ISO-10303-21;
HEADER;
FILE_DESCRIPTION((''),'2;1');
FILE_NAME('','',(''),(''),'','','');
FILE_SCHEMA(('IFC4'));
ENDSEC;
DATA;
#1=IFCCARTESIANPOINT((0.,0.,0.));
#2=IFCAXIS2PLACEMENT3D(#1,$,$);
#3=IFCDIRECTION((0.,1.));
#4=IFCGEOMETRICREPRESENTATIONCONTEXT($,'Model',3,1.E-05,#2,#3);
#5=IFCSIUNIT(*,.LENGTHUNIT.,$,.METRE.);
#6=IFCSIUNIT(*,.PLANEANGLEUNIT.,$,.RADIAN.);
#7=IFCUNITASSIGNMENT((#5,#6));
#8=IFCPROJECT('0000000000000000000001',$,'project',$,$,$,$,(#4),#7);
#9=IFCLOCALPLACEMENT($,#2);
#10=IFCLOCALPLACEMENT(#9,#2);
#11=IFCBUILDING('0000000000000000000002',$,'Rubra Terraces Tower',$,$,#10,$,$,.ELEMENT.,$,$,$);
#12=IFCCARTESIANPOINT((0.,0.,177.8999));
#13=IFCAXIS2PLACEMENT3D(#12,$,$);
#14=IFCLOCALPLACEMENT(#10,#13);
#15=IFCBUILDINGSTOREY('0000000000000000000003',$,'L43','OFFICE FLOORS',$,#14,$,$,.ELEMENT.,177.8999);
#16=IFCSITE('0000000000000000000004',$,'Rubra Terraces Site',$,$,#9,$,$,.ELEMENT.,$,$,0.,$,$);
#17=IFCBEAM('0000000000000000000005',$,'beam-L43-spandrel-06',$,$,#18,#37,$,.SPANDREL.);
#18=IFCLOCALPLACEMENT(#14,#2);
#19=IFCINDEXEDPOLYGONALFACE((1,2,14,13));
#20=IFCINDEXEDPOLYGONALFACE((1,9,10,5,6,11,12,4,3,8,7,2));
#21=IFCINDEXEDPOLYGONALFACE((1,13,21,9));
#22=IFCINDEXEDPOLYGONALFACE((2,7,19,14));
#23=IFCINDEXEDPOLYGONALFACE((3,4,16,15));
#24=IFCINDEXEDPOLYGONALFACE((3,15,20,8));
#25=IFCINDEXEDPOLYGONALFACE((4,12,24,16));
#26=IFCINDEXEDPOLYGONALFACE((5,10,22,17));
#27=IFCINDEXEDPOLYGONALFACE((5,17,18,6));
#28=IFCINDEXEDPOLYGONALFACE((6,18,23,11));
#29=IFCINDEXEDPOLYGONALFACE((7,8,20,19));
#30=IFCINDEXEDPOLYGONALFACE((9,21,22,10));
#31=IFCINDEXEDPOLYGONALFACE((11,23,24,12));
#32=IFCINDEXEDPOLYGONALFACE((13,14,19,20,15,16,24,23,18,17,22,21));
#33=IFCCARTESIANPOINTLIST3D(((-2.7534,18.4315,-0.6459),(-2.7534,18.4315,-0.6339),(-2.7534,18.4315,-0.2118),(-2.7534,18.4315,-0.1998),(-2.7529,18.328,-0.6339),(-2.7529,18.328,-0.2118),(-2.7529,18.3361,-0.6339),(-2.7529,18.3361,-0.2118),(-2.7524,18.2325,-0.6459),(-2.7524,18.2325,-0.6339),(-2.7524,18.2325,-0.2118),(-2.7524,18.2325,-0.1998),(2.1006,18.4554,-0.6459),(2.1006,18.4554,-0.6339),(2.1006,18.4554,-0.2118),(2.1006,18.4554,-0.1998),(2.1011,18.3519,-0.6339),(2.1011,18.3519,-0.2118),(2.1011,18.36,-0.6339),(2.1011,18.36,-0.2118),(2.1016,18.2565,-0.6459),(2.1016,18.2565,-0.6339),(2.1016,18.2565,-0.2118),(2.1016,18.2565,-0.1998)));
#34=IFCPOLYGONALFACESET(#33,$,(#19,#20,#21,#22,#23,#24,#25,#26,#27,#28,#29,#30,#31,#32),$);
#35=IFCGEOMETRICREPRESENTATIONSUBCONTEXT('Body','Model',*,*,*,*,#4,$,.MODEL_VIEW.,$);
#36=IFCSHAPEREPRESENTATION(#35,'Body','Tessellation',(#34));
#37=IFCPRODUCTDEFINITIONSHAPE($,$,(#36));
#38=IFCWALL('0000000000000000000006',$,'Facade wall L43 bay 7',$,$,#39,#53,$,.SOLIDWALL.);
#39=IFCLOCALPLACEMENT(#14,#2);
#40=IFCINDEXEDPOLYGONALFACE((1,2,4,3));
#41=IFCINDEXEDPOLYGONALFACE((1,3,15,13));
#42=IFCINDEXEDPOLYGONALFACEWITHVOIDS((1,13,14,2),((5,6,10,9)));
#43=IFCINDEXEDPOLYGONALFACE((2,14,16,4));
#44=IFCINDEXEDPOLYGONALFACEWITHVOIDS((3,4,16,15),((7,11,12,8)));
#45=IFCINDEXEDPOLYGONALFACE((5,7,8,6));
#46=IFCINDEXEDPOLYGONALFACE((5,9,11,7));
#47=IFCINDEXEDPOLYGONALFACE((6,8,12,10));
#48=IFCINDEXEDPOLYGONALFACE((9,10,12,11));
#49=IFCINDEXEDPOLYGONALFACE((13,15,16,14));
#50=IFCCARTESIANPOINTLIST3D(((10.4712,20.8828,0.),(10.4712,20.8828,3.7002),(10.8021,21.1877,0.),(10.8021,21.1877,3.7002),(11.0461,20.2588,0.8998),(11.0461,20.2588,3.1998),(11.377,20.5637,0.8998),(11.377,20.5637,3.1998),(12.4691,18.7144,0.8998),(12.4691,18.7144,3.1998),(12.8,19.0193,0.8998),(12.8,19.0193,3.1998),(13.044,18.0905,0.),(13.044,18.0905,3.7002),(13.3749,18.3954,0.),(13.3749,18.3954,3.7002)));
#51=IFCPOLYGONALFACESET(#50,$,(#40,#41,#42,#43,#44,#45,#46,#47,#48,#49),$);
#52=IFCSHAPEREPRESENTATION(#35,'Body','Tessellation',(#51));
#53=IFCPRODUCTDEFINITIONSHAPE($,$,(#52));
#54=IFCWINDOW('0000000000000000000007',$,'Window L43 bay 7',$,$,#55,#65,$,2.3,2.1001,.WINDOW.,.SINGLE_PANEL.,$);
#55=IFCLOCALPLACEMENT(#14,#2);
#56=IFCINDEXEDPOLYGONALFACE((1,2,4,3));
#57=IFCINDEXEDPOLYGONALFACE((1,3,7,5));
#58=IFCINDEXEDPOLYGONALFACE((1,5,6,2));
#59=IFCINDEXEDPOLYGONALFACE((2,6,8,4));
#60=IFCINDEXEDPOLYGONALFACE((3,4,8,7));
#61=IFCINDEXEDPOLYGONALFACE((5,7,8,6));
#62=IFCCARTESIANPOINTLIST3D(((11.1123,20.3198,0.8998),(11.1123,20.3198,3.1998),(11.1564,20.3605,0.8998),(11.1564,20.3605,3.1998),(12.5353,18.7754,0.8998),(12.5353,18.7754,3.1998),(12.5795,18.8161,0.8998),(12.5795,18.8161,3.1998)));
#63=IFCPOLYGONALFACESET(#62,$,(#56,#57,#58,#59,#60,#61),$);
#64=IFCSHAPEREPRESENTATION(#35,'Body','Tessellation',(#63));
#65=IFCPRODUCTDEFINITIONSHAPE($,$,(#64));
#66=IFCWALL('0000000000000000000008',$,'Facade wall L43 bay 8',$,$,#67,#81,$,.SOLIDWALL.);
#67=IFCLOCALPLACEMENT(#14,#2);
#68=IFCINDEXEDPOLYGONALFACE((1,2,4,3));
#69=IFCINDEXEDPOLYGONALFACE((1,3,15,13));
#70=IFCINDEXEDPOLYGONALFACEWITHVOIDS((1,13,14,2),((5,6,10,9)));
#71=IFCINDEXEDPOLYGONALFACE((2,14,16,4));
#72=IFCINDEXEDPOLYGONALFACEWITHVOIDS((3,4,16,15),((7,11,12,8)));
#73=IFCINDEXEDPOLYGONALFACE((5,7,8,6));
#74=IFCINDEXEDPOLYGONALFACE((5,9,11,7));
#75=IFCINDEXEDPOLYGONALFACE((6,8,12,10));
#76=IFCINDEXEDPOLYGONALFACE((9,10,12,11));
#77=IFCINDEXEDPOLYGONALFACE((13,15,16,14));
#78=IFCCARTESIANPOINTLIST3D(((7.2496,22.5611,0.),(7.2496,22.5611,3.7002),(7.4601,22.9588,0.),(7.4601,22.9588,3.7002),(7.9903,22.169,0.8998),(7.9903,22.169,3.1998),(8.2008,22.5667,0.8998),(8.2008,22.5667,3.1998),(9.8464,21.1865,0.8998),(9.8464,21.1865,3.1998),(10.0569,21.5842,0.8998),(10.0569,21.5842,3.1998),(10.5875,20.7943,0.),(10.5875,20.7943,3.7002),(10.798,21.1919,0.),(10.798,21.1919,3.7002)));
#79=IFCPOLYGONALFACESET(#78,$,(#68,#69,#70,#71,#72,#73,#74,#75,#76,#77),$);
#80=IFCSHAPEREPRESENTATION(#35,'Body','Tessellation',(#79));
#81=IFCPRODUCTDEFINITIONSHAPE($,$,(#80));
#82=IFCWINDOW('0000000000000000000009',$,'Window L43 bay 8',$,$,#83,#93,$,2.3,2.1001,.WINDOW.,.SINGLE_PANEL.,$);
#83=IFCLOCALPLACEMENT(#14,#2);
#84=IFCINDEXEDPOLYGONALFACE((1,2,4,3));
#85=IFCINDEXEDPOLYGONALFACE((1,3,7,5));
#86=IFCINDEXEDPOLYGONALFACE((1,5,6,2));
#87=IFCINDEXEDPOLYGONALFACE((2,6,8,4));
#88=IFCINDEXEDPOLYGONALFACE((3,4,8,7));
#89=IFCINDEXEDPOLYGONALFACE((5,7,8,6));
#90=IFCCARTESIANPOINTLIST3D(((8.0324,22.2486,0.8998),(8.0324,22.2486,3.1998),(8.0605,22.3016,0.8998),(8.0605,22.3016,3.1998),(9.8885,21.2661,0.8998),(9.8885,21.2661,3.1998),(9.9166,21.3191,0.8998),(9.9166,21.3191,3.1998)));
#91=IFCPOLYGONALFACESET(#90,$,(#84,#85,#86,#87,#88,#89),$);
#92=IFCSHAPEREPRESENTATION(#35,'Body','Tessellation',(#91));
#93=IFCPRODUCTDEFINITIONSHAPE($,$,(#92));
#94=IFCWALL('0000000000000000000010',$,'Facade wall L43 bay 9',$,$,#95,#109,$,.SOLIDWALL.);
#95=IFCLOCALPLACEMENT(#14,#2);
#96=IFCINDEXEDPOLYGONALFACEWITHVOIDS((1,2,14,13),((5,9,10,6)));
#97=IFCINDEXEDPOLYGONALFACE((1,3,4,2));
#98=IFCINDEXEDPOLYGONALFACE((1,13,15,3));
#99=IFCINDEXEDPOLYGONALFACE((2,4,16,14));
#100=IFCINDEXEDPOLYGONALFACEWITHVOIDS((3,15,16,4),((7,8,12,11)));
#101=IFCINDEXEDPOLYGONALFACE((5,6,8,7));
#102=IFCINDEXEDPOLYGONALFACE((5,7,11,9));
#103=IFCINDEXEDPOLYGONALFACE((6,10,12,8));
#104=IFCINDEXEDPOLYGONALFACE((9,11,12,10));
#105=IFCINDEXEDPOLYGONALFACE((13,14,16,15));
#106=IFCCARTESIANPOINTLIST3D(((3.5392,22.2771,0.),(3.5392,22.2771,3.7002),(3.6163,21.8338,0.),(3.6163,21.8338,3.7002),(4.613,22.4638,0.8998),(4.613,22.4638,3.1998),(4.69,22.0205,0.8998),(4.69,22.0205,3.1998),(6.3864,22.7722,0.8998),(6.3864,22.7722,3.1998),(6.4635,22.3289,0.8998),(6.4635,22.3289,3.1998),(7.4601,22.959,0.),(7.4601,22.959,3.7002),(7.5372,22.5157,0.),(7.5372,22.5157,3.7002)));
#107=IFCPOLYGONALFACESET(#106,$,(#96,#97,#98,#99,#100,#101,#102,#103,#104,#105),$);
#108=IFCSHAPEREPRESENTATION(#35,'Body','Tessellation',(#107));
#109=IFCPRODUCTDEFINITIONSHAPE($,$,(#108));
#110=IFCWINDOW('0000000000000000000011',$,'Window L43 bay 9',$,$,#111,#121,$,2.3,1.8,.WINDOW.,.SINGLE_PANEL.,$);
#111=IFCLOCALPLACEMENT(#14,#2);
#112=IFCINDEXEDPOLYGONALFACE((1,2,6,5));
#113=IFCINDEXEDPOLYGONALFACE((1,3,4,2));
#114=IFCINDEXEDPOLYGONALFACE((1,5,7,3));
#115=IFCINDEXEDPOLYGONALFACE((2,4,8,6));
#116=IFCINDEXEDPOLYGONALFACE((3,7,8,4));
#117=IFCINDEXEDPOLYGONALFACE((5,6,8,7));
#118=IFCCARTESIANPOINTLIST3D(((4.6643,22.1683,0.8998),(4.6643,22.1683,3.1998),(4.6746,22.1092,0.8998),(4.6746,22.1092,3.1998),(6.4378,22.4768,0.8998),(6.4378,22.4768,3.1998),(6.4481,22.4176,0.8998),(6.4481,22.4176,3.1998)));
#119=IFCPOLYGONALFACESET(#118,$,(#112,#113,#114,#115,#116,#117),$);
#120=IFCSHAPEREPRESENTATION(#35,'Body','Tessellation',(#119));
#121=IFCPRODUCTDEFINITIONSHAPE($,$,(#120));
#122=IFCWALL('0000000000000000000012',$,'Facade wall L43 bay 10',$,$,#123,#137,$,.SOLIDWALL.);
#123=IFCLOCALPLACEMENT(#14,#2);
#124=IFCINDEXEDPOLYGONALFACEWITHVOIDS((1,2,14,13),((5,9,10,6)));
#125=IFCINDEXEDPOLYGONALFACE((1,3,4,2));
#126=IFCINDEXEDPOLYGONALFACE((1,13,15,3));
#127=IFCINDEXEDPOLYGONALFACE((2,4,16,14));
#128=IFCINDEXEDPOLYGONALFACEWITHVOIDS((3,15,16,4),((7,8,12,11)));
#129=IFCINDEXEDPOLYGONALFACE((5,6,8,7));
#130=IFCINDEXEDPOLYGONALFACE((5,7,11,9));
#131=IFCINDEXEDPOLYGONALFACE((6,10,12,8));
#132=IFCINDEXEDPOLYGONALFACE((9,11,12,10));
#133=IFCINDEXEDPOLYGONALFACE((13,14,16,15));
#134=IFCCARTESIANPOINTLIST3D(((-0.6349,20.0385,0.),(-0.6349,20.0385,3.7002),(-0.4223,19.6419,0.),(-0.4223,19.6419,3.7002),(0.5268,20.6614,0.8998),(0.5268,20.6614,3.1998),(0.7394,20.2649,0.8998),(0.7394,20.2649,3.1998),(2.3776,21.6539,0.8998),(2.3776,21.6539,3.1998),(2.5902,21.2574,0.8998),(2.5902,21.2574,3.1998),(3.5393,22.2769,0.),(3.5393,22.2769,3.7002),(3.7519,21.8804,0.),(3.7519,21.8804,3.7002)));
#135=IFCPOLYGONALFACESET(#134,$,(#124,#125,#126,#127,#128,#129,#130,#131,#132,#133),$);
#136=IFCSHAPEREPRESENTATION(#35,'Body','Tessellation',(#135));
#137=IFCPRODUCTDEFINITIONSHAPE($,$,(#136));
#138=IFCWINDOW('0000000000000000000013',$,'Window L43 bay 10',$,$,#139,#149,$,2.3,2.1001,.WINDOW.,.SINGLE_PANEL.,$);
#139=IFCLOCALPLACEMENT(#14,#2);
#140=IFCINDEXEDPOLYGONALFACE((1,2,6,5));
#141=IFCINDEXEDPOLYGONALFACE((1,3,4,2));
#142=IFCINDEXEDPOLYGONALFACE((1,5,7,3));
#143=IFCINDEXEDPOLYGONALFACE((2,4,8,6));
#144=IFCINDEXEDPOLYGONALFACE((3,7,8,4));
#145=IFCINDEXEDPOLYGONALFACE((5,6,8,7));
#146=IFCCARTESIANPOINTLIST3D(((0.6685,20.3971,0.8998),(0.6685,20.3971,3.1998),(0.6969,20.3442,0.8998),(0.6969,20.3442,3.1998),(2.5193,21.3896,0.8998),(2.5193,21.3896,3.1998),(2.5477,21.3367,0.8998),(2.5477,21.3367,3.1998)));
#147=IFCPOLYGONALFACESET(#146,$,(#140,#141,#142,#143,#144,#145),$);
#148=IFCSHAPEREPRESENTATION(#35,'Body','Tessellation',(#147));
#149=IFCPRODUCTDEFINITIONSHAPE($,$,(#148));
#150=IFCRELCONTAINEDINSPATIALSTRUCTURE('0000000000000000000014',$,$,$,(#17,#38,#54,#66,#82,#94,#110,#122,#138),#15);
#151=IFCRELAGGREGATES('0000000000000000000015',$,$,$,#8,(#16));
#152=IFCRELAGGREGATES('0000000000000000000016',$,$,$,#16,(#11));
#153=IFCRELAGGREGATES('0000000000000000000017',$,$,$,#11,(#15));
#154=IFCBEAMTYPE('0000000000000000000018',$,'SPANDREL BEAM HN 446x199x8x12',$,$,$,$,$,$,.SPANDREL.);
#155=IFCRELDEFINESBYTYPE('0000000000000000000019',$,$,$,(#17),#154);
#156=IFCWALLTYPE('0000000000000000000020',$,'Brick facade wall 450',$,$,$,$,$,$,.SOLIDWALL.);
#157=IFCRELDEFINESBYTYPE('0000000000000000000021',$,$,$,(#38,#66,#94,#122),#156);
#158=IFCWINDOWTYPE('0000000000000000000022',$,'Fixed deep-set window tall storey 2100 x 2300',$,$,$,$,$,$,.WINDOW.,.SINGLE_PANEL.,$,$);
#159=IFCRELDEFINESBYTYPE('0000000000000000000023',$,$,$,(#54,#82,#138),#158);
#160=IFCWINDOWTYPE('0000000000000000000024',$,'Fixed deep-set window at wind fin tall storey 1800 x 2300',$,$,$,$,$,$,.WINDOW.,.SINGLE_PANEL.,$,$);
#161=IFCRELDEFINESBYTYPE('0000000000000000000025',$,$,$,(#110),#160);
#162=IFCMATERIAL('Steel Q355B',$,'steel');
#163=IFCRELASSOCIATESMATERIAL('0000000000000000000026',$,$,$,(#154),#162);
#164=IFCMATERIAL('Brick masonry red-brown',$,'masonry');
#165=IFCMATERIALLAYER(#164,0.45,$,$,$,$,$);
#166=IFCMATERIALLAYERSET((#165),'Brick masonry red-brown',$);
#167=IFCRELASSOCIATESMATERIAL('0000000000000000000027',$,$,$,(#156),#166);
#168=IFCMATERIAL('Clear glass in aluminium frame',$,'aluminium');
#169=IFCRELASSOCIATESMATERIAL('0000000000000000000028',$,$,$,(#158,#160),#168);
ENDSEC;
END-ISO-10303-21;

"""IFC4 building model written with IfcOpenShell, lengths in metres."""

from ifc_helpers import new_model, si_unit, direction, frame, frame_2d, origin, origin_2d, place, context, subcontext, project, spatial, rectangle, i_section, extrude, material, layer, layer_set, material_profile, profile_set, type_object, element, fill, save


model = new_model("IFC4")

# Units and contexts
model_context = context("Model", 3, precision=1e-05, world=origin(), true_north=direction((0.0, 1.0)))
body_context = subcontext(model_context, "Body", "Model", "MODEL_VIEW")
ifc_project = project(units=[si_unit("LENGTHUNIT", "METRE"), si_unit("PLANEANGLEUNIT", "RADIAN")], contexts=[model_context])

# Site, building, storey
site_placement = place(None, origin())
site = spatial("IfcSite", under=ifc_project, at=site_placement, Name="Rubra Terraces Site", CompositionType="ELEMENT", RefElevation=0.0)
building_placement = place(site_placement, origin())
building = spatial("IfcBuilding", under=site, at=building_placement, Name="Rubra Terraces Tower", CompositionType="ELEMENT")
storey_placement = place(building_placement, frame((0.0, 0.0, 177.8999)))
storey = spatial("IfcBuildingStorey", under=building, at=storey_placement, Name="L43", Description="OFFICE FLOORS", CompositionType="ELEMENT", Elevation=177.8999)

# Beam
ifc_material_1 = material(Name="Steel Q355B", Category="steel")
ifc_material_profile_1 = material_profile(ifc_material_1, i_section(OverallWidth=0.199, OverallDepth=0.446, WebThickness=0.0081, FlangeThickness=0.012, at=origin_2d()), Name="HN 446x199x8x12")
ifc_profile_set_1 = profile_set([ifc_material_profile_1], Name="Steel Q355B")
beam_type_1 = type_object("IfcBeamType", Name="SPANDREL BEAM HN 446x199x8x12", PredefinedType="SPANDREL", material=ifc_profile_set_1)
beam_1_placement = place(storey_placement, frame((2.1011, 18.356, -0.4229), z_axis=(-0.999988, -0.004929, 0.0), x_axis=(0.004929, -0.999988, 0.0)))
element("IfcBeam", 1, at=beam_1_placement, inside=storey, type_object=beam_type_1, Name="beam-L43-spandrel-06", PredefinedType="SPANDREL", context=body_context, shape_type="SweptSolid", body=[
    extrude(i_section(OverallWidth=0.199, OverallDepth=0.446, WebThickness=0.0081, FlangeThickness=0.012, at=origin_2d()), origin(), (0.0, 0.0, 1.0), 4.854),
])

# Walls, openings, windows
ifc_material_2 = material(Name="Brick masonry red-brown", Category="masonry")
ifc_layer_1 = layer(ifc_material_2, 0.45)
ifc_layer_set_1 = layer_set([ifc_layer_1], Name="Brick masonry red-brown")
wall_type_1 = type_object("IfcWallType", Name="Brick facade wall 450", PredefinedType="SOLIDWALL", material=ifc_layer_set_1)
wall_1_placement = place(storey_placement, frame((13.2095, 18.2429, 0.0), z_axis=(0.0, 0.0, 1.0), x_axis=(-0.677612, 0.735419, 0.0)))
wall_1 = element("IfcWall", 2, at=wall_1_placement, inside=storey, type_object=wall_type_1, Name="Facade wall L43 bay 7", PredefinedType="SOLIDWALL", context=body_context, shape_type="SweptSolid", body=[
    extrude(rectangle(XDim=3.7969, YDim=0.45, at=frame_2d((1.8984, 0.0))), origin(), (0.0, 0.0, 1.0), 3.7002),
])
opening_1_placement = place(wall_1_placement, frame((0.8484, 0.0, 0.8999)))
opening_1 = element("IfcOpeningElement", 3, at=opening_1_placement, cuts=wall_1, PredefinedType="OPENING", context=body_context, shape_type="SweptSolid", body=[
    extrude(rectangle(XDim=2.1001, YDim=2.3, at=frame_2d((1.05, 1.1499))), frame((0.0, 0.2349, 0.0), z_axis=(0.0, -1.0, 0.0), x_axis=(1.0, 0.0, 0.0)), (0.0, 0.0, 1.0), 0.47),
])
ifc_material_3 = material(Name="Clear glass in aluminium frame", Category="aluminium")
window_type_1 = type_object("IfcWindowType", Name="Fixed deep-set window tall storey 2100 x 2300", PartitioningType="SINGLE_PANEL", PredefinedType="WINDOW", material=ifc_material_3)
window_1_placement = place(opening_1_placement, origin())
window_1 = element("IfcWindow", 4, at=window_1_placement, inside=storey, type_object=window_type_1, Name="Window L43 bay 7", OverallHeight=2.3, OverallWidth=2.1001, PartitioningType="SINGLE_PANEL", PredefinedType="WINDOW", context=body_context, shape_type="SweptSolid", body=[
    extrude(rectangle(XDim=2.1001, YDim=2.3, at=frame_2d((1.05, 1.1499))), frame((0.0, 0.135, 0.0), z_axis=(0.0, -1.0, 0.0), x_axis=(1.0, 0.0, 0.0)), (0.0, 0.0, 1.0), 0.0601),
])
fill(opening_1, window_1)
wall_2_placement = place(storey_placement, frame((10.6926, 20.9932, 0.0), z_axis=(0.0, 0.0, 1.0), x_axis=(-0.883818, 0.467831, 0.0)))
wall_2 = element("IfcWall", 5, at=wall_2_placement, inside=storey, type_object=wall_type_1, Name="Facade wall L43 bay 8", PredefinedType="SOLIDWALL", context=body_context, shape_type="SweptSolid", body=[
    extrude(rectangle(XDim=3.7766, YDim=0.45, at=frame_2d((1.8882, 0.0))), origin(), (0.0, 0.0, 1.0), 3.7002),
])
opening_2_placement = place(wall_2_placement, frame((0.8384, 0.0, 0.8999)))
opening_2 = element("IfcOpeningElement", 6, at=opening_2_placement, cuts=wall_2, PredefinedType="OPENING", context=body_context, shape_type="SweptSolid", body=[
    extrude(rectangle(XDim=2.1001, YDim=2.3, at=frame_2d((1.05, 1.1499))), frame((0.0, 0.2349, 0.0), z_axis=(0.0, -1.0, 0.0), x_axis=(1.0, 0.0, 0.0)), (0.0, 0.0, 1.0), 0.47),
])
window_2_placement = place(opening_2_placement, origin())
window_2 = element("IfcWindow", 7, at=window_2_placement, inside=storey, type_object=window_type_1, Name="Window L43 bay 8", OverallHeight=2.3, OverallWidth=2.1001, PartitioningType="SINGLE_PANEL", PredefinedType="WINDOW", context=body_context, shape_type="SweptSolid", body=[
    extrude(rectangle(XDim=2.1001, YDim=2.3, at=frame_2d((1.05, 1.1499))), frame((0.0, 0.135, 0.0), z_axis=(0.0, -1.0, 0.0), x_axis=(1.0, 0.0, 0.0)), (0.0, 0.0, 1.0), 0.0601),
])
fill(opening_2, window_2)
wall_3_placement = place(storey_placement, frame((7.4985, 22.7373, 0.0), z_axis=(0.0, 0.0, 1.0), x_axis=(-0.985212, -0.171339, 0.0)))
wall_3 = element("IfcWall", 8, at=wall_3_placement, inside=storey, type_object=wall_type_1, Name="Facade wall L43 bay 9", PredefinedType="SOLIDWALL", context=body_context, shape_type="SweptSolid", body=[
    extrude(rectangle(XDim=3.9797, YDim=0.45, at=frame_2d((1.9897, 0.0))), origin(), (0.0, 0.0, 1.0), 3.7002),
])
opening_3_placement = place(wall_3_placement, frame((1.0898, 0.0, 0.8999)))
opening_3 = element("IfcOpeningElement", 9, at=opening_3_placement, cuts=wall_3, PredefinedType="OPENING", context=body_context, shape_type="SweptSolid", body=[
    extrude(rectangle(XDim=1.8, YDim=2.3, at=frame_2d((0.8999, 1.1499))), frame((0.0, 0.2349, 0.0), z_axis=(0.0, -1.0, 0.0), x_axis=(1.0, 0.0, 0.0)), (0.0, 0.0, 1.0), 0.47),
])
window_type_2 = type_object("IfcWindowType", Name="Fixed deep-set window at wind fin tall storey 1800 x 2300", PartitioningType="SINGLE_PANEL", PredefinedType="WINDOW", material=ifc_material_3)
window_3_placement = place(opening_3_placement, origin())
window_3 = element("IfcWindow", 10, at=window_3_placement, inside=storey, type_object=window_type_2, Name="Window L43 bay 9", OverallHeight=2.3, OverallWidth=1.8, PartitioningType="SINGLE_PANEL", PredefinedType="WINDOW", context=body_context, shape_type="SweptSolid", body=[
    extrude(rectangle(XDim=1.8, YDim=2.3, at=frame_2d((0.8999, 1.1499))), frame((0.0, 0.135, 0.0), z_axis=(0.0, -1.0, 0.0), x_axis=(1.0, 0.0, 0.0)), (0.0, 0.0, 1.0), 0.0601),
])
fill(opening_3, window_3)
wall_4_placement = place(storey_placement, frame((3.6455, 22.0786, 0.0), z_axis=(0.0, 0.0, 1.0), x_axis=(-0.881279, -0.472596, 0.0)))
wall_4 = element("IfcWall", 11, at=wall_4_placement, inside=storey, type_object=wall_type_1, Name="Facade wall L43 bay 10", PredefinedType="SOLIDWALL", context=body_context, shape_type="SweptSolid", body=[
    extrude(rectangle(XDim=4.7366, YDim=0.45, at=frame_2d((2.3682, 0.0))), origin(), (0.0, 0.0, 1.0), 3.7002),
])
opening_4_placement = place(wall_4_placement, frame((1.3181, 0.0, 0.8999)))
opening_4 = element("IfcOpeningElement", 12, at=opening_4_placement, cuts=wall_4, PredefinedType="OPENING", context=body_context, shape_type="SweptSolid", body=[
    extrude(rectangle(XDim=2.1001, YDim=2.3, at=frame_2d((1.05, 1.1499))), frame((0.0, 0.2349, 0.0), z_axis=(0.0, -1.0, 0.0), x_axis=(1.0, 0.0, 0.0)), (0.0, 0.0, 1.0), 0.47),
])
window_4_placement = place(opening_4_placement, origin())
window_4 = element("IfcWindow", 13, at=window_4_placement, inside=storey, type_object=window_type_1, Name="Window L43 bay 10", OverallHeight=2.3, OverallWidth=2.1001, PartitioningType="SINGLE_PANEL", PredefinedType="WINDOW", context=body_context, shape_type="SweptSolid", body=[
    extrude(rectangle(XDim=2.1001, YDim=2.3, at=frame_2d((1.05, 1.1499))), frame((0.0, 0.135, 0.0), z_axis=(0.0, -1.0, 0.0), x_axis=(1.0, 0.0, 0.0)), (0.0, 0.0, 1.0), 0.0601),
])
fill(opening_4, window_4)

save(model, "model.ifc")
